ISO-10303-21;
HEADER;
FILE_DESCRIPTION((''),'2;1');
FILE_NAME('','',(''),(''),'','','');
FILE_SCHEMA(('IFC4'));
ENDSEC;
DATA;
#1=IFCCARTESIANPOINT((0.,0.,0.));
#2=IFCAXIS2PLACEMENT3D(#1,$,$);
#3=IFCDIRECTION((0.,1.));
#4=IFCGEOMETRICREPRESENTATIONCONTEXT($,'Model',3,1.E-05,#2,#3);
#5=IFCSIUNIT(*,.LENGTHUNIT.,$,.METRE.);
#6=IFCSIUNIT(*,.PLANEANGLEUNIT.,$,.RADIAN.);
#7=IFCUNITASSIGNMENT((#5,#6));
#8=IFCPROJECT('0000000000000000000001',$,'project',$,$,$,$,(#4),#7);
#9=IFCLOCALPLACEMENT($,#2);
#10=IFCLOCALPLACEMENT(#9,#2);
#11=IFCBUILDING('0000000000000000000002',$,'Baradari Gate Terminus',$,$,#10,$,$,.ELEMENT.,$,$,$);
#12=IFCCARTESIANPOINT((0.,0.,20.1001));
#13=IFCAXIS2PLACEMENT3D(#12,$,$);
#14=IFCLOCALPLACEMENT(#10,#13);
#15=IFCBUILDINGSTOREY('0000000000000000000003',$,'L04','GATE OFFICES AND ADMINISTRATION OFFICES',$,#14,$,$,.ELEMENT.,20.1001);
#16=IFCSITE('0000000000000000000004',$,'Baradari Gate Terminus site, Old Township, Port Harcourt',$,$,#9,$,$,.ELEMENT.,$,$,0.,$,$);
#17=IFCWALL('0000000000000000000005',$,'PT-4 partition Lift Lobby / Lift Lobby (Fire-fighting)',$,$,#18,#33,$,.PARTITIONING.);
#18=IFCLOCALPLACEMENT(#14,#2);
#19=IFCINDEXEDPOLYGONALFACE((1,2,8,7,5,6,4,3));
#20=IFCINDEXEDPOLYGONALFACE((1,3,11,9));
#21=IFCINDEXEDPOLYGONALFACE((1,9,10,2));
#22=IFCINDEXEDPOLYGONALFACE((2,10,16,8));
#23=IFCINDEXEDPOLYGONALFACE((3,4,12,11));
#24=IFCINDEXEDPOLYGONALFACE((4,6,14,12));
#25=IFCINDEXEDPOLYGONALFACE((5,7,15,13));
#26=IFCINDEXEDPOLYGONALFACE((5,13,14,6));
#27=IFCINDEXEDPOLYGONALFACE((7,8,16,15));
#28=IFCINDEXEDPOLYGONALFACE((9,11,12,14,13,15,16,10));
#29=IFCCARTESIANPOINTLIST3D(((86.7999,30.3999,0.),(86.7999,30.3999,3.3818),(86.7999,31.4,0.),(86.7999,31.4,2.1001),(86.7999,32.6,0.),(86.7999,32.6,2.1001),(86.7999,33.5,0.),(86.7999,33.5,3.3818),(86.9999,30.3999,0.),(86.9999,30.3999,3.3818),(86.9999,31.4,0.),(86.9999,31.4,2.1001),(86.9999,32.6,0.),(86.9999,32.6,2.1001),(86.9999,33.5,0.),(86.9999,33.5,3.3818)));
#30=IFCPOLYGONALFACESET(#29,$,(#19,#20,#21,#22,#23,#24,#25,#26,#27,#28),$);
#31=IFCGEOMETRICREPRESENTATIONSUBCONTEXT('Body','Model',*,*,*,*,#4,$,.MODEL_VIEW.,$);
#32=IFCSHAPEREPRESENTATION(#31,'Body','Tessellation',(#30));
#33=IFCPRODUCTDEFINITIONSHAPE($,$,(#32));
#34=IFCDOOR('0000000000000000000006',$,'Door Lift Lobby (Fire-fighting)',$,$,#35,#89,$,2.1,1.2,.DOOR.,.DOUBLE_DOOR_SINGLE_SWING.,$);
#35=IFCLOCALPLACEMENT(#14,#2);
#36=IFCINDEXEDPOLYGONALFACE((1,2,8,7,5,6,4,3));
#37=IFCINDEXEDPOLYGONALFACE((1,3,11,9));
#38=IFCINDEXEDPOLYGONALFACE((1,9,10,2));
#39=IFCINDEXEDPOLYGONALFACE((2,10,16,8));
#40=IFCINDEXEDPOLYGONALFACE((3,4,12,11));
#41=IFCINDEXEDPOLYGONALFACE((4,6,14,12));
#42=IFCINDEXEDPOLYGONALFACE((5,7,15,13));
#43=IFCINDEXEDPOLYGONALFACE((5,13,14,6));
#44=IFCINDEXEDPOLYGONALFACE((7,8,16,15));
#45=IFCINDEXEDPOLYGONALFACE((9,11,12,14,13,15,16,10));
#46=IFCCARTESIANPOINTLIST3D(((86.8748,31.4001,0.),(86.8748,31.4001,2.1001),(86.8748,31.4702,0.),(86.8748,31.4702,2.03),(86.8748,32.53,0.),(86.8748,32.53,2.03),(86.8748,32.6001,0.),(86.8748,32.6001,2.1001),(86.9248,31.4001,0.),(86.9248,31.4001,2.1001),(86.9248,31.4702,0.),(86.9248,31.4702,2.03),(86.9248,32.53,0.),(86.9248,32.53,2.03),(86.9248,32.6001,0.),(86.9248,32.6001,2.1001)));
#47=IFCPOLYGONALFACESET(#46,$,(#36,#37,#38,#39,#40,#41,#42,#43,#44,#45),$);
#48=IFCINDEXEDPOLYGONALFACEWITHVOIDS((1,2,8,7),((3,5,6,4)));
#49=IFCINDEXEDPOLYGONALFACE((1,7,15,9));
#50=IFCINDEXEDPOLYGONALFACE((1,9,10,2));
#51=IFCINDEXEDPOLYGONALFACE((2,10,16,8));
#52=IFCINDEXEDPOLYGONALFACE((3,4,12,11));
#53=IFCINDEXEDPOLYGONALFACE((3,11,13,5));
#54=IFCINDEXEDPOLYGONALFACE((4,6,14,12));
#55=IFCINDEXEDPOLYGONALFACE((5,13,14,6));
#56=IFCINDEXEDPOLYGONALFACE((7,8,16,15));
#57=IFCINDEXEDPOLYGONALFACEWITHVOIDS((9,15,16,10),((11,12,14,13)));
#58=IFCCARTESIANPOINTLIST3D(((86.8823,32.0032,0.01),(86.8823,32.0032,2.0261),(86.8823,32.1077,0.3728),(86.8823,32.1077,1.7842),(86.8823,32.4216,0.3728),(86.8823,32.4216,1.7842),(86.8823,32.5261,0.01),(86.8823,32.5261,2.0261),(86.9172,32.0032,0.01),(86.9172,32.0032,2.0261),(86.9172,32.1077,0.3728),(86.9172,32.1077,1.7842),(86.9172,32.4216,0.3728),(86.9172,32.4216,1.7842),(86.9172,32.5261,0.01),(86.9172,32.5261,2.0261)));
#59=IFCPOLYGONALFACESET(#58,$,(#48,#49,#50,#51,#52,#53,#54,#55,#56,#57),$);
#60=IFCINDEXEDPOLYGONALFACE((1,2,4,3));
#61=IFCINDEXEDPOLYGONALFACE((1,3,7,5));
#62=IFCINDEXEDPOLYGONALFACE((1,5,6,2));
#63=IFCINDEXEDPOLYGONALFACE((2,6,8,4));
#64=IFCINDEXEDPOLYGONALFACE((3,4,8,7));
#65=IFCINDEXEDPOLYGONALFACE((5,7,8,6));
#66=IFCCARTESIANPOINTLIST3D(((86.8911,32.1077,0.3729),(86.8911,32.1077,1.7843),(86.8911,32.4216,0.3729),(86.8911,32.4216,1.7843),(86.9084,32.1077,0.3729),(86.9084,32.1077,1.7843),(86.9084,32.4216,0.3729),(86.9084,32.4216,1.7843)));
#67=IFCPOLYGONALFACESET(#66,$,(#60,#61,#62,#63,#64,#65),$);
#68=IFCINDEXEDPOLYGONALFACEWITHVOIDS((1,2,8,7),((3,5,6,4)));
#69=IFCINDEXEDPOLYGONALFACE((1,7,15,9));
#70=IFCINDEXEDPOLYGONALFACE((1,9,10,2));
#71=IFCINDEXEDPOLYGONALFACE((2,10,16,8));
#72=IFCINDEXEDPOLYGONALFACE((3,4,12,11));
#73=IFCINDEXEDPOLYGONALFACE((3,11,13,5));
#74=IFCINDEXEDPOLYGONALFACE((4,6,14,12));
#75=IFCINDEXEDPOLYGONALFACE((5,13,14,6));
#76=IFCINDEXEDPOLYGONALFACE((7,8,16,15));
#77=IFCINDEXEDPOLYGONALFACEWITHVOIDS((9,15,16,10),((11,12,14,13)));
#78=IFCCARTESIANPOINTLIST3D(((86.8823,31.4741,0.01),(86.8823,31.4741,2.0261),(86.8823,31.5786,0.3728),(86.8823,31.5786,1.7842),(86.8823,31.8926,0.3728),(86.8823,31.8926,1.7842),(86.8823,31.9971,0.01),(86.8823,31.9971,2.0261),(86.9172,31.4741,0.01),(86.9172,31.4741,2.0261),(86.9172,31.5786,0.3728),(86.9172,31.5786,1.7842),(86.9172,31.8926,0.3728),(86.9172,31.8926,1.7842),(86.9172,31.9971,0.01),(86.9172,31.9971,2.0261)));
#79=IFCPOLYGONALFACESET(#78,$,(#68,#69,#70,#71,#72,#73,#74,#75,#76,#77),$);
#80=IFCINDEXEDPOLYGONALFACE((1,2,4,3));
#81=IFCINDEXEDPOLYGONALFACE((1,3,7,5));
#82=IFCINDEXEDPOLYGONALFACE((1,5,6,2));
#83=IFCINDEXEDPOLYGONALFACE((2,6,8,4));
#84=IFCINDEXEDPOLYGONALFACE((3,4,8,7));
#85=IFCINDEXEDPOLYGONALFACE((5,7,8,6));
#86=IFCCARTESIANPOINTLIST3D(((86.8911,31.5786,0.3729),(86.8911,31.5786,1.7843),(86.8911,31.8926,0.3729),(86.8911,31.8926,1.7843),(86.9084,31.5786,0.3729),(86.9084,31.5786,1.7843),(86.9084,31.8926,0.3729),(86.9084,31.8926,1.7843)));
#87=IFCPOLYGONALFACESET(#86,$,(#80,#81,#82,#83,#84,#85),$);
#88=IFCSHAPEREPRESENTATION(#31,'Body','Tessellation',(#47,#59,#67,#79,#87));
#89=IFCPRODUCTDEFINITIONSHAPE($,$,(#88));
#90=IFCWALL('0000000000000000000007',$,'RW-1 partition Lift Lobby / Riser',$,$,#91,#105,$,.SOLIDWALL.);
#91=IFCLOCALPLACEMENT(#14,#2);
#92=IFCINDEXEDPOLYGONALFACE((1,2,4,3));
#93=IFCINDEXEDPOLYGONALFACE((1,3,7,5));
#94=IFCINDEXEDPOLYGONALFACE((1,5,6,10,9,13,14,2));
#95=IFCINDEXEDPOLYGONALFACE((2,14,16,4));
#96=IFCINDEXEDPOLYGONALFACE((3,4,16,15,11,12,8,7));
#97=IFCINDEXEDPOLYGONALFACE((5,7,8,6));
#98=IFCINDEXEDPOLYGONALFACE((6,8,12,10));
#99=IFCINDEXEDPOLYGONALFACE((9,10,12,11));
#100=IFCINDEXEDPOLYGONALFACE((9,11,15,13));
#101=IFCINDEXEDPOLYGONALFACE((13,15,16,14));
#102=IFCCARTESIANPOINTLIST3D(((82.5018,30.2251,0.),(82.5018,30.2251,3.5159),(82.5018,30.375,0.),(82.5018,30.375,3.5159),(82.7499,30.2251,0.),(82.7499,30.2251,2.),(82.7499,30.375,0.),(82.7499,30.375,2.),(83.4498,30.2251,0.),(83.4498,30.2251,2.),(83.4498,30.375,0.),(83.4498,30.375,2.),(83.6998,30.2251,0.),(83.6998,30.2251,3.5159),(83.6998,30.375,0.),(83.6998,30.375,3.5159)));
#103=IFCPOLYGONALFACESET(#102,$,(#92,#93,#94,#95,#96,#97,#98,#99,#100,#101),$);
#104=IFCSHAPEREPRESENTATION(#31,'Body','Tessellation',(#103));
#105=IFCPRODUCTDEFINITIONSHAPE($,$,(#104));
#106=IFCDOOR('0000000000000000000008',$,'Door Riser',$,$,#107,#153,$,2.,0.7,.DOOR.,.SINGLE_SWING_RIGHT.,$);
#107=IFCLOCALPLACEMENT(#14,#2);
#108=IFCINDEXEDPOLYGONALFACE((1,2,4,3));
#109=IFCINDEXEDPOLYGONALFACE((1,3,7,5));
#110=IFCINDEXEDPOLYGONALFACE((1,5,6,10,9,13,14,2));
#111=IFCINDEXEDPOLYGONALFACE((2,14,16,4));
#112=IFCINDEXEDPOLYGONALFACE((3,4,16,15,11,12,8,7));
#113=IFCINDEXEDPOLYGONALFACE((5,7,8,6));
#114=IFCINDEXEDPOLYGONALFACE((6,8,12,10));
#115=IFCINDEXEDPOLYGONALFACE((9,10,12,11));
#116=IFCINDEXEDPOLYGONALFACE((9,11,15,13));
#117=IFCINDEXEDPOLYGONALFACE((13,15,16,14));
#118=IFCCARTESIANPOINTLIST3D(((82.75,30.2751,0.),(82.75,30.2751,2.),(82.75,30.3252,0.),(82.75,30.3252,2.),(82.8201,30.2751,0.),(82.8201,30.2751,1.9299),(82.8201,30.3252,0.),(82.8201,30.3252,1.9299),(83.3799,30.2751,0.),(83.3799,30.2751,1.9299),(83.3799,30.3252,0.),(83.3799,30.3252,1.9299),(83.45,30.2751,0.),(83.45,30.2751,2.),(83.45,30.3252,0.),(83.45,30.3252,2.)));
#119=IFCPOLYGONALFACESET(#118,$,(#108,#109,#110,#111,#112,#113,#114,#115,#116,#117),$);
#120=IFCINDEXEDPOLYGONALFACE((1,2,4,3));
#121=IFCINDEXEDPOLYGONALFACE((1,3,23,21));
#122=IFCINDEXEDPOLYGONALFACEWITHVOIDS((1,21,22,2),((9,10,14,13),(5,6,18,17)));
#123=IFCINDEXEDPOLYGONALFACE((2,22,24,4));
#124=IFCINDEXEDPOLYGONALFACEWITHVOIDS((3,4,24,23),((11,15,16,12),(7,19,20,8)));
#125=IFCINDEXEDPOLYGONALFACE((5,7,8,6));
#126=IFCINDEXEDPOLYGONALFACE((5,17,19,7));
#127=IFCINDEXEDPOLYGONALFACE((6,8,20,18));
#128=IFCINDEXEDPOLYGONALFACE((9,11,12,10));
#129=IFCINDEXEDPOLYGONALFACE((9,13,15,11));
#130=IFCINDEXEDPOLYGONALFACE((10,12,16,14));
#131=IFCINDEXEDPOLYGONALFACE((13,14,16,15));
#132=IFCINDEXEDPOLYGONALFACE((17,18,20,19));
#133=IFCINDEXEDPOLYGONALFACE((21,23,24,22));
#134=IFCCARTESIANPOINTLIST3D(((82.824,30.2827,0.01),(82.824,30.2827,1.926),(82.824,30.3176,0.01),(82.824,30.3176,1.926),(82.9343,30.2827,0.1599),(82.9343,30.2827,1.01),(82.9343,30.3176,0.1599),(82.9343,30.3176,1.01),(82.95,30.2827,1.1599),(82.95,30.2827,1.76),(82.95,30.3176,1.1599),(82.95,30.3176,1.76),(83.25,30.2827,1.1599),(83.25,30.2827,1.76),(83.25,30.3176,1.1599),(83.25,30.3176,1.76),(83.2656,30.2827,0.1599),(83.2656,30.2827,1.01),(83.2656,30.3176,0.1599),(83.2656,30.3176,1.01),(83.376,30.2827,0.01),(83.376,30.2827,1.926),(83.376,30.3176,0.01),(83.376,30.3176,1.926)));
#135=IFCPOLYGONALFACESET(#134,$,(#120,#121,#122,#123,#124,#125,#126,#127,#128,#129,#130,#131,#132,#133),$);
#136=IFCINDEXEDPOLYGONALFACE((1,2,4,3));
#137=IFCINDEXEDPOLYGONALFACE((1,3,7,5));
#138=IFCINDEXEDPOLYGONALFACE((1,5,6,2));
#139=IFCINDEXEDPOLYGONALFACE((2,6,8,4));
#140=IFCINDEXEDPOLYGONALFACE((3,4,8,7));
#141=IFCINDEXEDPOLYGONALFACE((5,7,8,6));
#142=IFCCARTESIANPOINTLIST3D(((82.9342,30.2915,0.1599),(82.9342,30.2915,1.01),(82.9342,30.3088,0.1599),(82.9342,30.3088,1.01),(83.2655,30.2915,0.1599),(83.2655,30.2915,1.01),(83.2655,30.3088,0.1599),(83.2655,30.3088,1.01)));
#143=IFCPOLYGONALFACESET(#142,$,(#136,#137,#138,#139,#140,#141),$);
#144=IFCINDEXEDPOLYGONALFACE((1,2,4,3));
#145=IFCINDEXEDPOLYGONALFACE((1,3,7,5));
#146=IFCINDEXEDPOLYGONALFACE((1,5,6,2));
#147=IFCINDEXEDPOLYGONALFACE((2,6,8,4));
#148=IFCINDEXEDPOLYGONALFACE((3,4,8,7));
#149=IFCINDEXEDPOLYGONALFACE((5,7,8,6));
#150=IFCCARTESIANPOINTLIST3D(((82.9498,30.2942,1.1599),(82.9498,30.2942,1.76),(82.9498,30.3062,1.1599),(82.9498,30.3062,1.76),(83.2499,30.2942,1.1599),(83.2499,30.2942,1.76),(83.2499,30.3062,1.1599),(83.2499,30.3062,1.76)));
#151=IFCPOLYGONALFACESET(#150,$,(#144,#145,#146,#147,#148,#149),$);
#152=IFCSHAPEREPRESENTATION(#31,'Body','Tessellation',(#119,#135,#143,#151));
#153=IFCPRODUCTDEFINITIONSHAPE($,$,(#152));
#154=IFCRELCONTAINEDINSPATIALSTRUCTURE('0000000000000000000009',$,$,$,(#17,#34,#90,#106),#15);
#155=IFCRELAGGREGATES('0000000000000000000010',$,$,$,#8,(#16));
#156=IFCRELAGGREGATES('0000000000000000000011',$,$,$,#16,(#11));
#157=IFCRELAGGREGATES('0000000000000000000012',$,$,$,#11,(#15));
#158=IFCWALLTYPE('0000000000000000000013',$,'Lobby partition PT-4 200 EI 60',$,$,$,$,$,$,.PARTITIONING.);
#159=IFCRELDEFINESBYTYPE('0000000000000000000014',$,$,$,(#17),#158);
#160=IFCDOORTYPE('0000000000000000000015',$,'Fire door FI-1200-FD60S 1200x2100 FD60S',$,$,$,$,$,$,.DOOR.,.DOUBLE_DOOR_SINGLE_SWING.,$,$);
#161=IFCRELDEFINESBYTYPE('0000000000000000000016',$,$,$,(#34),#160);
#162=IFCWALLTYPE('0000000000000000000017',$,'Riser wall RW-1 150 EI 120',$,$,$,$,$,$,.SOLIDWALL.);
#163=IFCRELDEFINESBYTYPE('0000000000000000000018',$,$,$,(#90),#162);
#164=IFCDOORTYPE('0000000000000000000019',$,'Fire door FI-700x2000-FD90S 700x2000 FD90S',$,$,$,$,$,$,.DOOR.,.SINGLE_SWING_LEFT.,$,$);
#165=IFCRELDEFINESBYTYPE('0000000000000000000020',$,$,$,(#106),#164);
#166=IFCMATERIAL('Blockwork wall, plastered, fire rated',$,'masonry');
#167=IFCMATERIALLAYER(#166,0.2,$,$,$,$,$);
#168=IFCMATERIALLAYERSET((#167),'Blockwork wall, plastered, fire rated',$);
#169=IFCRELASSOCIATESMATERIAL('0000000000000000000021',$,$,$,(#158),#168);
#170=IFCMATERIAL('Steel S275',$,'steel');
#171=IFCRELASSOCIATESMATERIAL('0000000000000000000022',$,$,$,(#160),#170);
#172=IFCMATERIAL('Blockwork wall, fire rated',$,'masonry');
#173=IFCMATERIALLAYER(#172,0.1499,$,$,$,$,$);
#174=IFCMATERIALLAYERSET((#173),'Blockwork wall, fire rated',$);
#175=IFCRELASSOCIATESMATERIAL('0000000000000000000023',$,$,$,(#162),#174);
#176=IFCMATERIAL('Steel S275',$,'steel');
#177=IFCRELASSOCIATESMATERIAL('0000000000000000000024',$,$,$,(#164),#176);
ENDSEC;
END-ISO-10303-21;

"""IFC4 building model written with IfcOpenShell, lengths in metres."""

from ifc_helpers import new_model, si_unit, direction, frame, frame_2d, origin, place, context, subcontext, project, spatial, polyline, rectangle, outline, extrude, material, layer, layer_set, type_object, element, fill, save


model = new_model("IFC4")

# Units and contexts
model_context = context("Model", 3, precision=1e-05, world=origin(), true_north=direction((0.0, 1.0)))
body_context = subcontext(model_context, "Body", "Model", "MODEL_VIEW")
ifc_project = project(units=[si_unit("LENGTHUNIT", "METRE"), si_unit("PLANEANGLEUNIT", "RADIAN")], contexts=[model_context])

# Site, building, storey
site_placement = place(None, origin())
site = spatial("IfcSite", under=ifc_project, at=site_placement, Name="Baradari Gate Terminus site, Old Township, Port Harcourt", CompositionType="ELEMENT", RefElevation=0.0)
building_placement = place(site_placement, origin())
building = spatial("IfcBuilding", under=site, at=building_placement, Name="Baradari Gate Terminus", CompositionType="ELEMENT")
storey_placement = place(building_placement, frame((0.0, 0.0, 20.1001)))
storey = spatial("IfcBuildingStorey", under=building, at=storey_placement, Name="L04", Description="GATE OFFICES AND ADMINISTRATION OFFICES", CompositionType="ELEMENT", Elevation=20.1001)

# Walls, openings, doors
ifc_material_1 = material(Name="Blockwork wall, plastered, fire rated", Category="masonry")
ifc_layer_1 = layer(ifc_material_1, 0.2)
ifc_layer_set_1 = layer_set([ifc_layer_1], Name="Blockwork wall, plastered, fire rated")
wall_type_1 = type_object("IfcWallType", Name="Lobby partition PT-4 200 EI 60", PredefinedType="PARTITIONING", material=ifc_layer_set_1)
wall_1_placement = place(storey_placement, frame((86.8999, 33.5, 0.0), z_axis=(0.0, 0.0, 1.0), x_axis=(0.0, -1.0, 0.0)))
wall_1 = element("IfcWall", 1, at=wall_1_placement, inside=storey, type_object=wall_type_1, Name="PT-4 partition Lift Lobby / Lift Lobby (Fire-fighting)", PredefinedType="PARTITIONING", context=body_context, shape_type="SweptSolid", body=[
    extrude(rectangle(XDim=3.1001, YDim=0.2, at=frame_2d((1.55, 0.0))), origin(), (0.0, 0.0, 1.0), 3.3818),
])
opening_1_placement = place(wall_1_placement, frame((0.8999, 0.0, 0.0)))
opening_1 = element("IfcOpeningElement", 2, at=opening_1_placement, cuts=wall_1, PredefinedType="OPENING", context=body_context, shape_type="SweptSolid", body=[
    extrude(rectangle(XDim=1.2, YDim=2.1001, at=frame_2d((0.6001, 1.05))), frame((0.0, 0.1099, 0.0), z_axis=(0.0, -1.0, 0.0), x_axis=(1.0, 0.0, 0.0)), (0.0, 0.0, 1.0), 0.22),
])
ifc_material_2 = material(Name="Steel S275", Category="steel")
door_type_1 = type_object("IfcDoorType", Name="Fire door FI-1200-FD60S 1200x2100 FD60S", OperationType="DOUBLE_DOOR_SINGLE_SWING", PredefinedType="DOOR", material=ifc_material_2)
door_1_placement = place(opening_1_placement, origin())
door_1 = element("IfcDoor", 3, at=door_1_placement, inside=storey, type_object=door_type_1, Name="Door Lift Lobby (Fire-fighting)", OperationType="DOUBLE_DOOR_SINGLE_SWING", OverallHeight=2.1, OverallWidth=1.2, PredefinedType="DOOR", context=body_context, shape_type="SweptSolid", body=[
    extrude(outline(polyline([(0.0, 0.0), (0.0701, 0.0), (0.0701, 2.03), (1.1299, 2.03), (1.1299, 0.0), (1.2, 0.0), (1.2, 2.1001), (0.0, 2.1001), (0.0, 0.0)])), frame((0.0, 0.0249, 0.0), z_axis=(0.0, -1.0, 0.0), x_axis=(1.0, 0.0, 0.0)), (0.0, 0.0, 1.0), 0.05),
    extrude(outline(polyline([(0.074, 0.01), (0.5969, 0.01), (0.5969, 2.0261), (0.074, 2.0261), (0.074, 0.01)]), holes=[polyline([(0.1785, 0.3728), (0.4924, 0.3728), (0.4924, 1.7842), (0.1785, 1.7842), (0.1785, 0.3728)])]), frame((0.0, 0.0173, 0.0), z_axis=(0.0, -1.0, 0.0), x_axis=(1.0, 0.0, 0.0)), (0.0, 0.0, 1.0), 0.0349),
    extrude(rectangle(XDim=0.314, YDim=1.4114, at=frame_2d((0.3354, 1.0786))), frame((0.0, 0.0085, 0.0), z_axis=(0.0, -1.0, 0.0), x_axis=(1.0, 0.0, 0.0)), (0.0, 0.0, 1.0), 0.0173),
    extrude(outline(polyline([(0.603, 0.01), (1.126, 0.01), (1.126, 2.0261), (0.603, 2.0261), (0.603, 0.01)]), holes=[polyline([(0.7075, 0.3728), (1.0215, 0.3728), (1.0215, 1.7842), (0.7075, 1.7842), (0.7075, 0.3728)])]), frame((0.0, 0.0173, 0.0), z_axis=(0.0, -1.0, 0.0), x_axis=(1.0, 0.0, 0.0)), (0.0, 0.0, 1.0), 0.0349),
    extrude(rectangle(XDim=0.314, YDim=1.4114, at=frame_2d((0.8645, 1.0786))), frame((0.0, 0.0085, 0.0), z_axis=(0.0, -1.0, 0.0), x_axis=(1.0, 0.0, 0.0)), (0.0, 0.0, 1.0), 0.0173),
])
fill(opening_1, door_1)
ifc_material_3 = material(Name="Blockwork wall, fire rated", Category="masonry")
ifc_layer_2 = layer(ifc_material_3, 0.1499)
ifc_layer_set_2 = layer_set([ifc_layer_2], Name="Blockwork wall, fire rated")
wall_type_2 = type_object("IfcWallType", Name="Riser wall RW-1 150 EI 120", PredefinedType="SOLIDWALL", material=ifc_layer_set_2)
wall_2_placement = place(storey_placement, frame((83.7, 30.3, 0.0), z_axis=(0.0, 0.0, 1.0), x_axis=(-1.0, 0.0, 0.0)))
wall_2 = element("IfcWall", 4, at=wall_2_placement, inside=storey, type_object=wall_type_2, Name="RW-1 partition Lift Lobby / Riser", PredefinedType="SOLIDWALL", context=body_context, shape_type="SweptSolid", body=[
    extrude(rectangle(XDim=1.198, YDim=0.1499, at=frame_2d((0.5991, 0.0))), origin(), (0.0, 0.0, 1.0), 3.5159),
])
opening_2_placement = place(wall_2_placement, frame((0.25, 0.0, 0.0)))
opening_2 = element("IfcOpeningElement", 5, at=opening_2_placement, cuts=wall_2, PredefinedType="OPENING", context=body_context, shape_type="SweptSolid", body=[
    extrude(rectangle(XDim=0.7, YDim=2.0, at=frame_2d((0.3501, 1.0))), frame((0.0, 0.085, 0.0), z_axis=(0.0, -1.0, 0.0), x_axis=(1.0, 0.0, 0.0)), (0.0, 0.0, 1.0), 0.1699),
])
ifc_material_4 = material(Name="Steel S275", Category="steel")
door_type_2 = type_object("IfcDoorType", Name="Fire door FI-700x2000-FD90S 700x2000 FD90S", OperationType="SINGLE_SWING_LEFT", PredefinedType="DOOR", material=ifc_material_4)
door_2_placement = place(opening_2_placement, origin())
door_2 = element("IfcDoor", 6, at=door_2_placement, inside=storey, type_object=door_type_2, Name="Door Riser", OperationType="SINGLE_SWING_RIGHT", OverallHeight=2.0, OverallWidth=0.7, PredefinedType="DOOR", context=body_context, shape_type="SweptSolid", body=[
    extrude(outline(polyline([(0.0, 0.0), (0.0701, 0.0), (0.0701, 1.9299), (0.6299, 1.9299), (0.6299, 0.0), (0.7, 0.0), (0.7, 2.0), (0.0, 2.0), (0.0, 0.0)])), frame((0.0, 0.0249, 0.0), z_axis=(0.0, -1.0, 0.0), x_axis=(1.0, 0.0, 0.0)), (0.0, 0.0, 1.0), 0.05),
    extrude(outline(polyline([(0.074, 0.01), (0.626, 0.01), (0.626, 1.926), (0.074, 1.926), (0.074, 0.01)]), holes=[polyline([(0.1843, 0.1599), (0.5156, 0.1599), (0.5156, 1.01), (0.1843, 1.01), (0.1843, 0.1599)]), polyline([(0.2, 1.1599), (0.5, 1.1599), (0.5, 1.76), (0.2, 1.76), (0.2, 1.1599)])]), frame((0.0, 0.0173, 0.0), z_axis=(0.0, -1.0, 0.0), x_axis=(1.0, 0.0, 0.0)), (0.0, 0.0, 1.0), 0.0349),
    extrude(rectangle(XDim=0.3313, YDim=0.8501, at=frame_2d((0.3501, 0.585))), frame((0.0, 0.0085, 0.0), z_axis=(0.0, -1.0, 0.0), x_axis=(1.0, 0.0, 0.0)), (0.0, 0.0, 1.0), 0.0173),
    extrude(rectangle(XDim=0.3, YDim=0.6001, at=frame_2d((0.3501, 1.46))), frame((0.0, 0.0059, 0.0), z_axis=(0.0, -1.0, 0.0), x_axis=(1.0, 0.0, 0.0)), (0.0, 0.0, 1.0), 0.012),
])
fill(opening_2, door_2)

save(model, "model.ifc")
